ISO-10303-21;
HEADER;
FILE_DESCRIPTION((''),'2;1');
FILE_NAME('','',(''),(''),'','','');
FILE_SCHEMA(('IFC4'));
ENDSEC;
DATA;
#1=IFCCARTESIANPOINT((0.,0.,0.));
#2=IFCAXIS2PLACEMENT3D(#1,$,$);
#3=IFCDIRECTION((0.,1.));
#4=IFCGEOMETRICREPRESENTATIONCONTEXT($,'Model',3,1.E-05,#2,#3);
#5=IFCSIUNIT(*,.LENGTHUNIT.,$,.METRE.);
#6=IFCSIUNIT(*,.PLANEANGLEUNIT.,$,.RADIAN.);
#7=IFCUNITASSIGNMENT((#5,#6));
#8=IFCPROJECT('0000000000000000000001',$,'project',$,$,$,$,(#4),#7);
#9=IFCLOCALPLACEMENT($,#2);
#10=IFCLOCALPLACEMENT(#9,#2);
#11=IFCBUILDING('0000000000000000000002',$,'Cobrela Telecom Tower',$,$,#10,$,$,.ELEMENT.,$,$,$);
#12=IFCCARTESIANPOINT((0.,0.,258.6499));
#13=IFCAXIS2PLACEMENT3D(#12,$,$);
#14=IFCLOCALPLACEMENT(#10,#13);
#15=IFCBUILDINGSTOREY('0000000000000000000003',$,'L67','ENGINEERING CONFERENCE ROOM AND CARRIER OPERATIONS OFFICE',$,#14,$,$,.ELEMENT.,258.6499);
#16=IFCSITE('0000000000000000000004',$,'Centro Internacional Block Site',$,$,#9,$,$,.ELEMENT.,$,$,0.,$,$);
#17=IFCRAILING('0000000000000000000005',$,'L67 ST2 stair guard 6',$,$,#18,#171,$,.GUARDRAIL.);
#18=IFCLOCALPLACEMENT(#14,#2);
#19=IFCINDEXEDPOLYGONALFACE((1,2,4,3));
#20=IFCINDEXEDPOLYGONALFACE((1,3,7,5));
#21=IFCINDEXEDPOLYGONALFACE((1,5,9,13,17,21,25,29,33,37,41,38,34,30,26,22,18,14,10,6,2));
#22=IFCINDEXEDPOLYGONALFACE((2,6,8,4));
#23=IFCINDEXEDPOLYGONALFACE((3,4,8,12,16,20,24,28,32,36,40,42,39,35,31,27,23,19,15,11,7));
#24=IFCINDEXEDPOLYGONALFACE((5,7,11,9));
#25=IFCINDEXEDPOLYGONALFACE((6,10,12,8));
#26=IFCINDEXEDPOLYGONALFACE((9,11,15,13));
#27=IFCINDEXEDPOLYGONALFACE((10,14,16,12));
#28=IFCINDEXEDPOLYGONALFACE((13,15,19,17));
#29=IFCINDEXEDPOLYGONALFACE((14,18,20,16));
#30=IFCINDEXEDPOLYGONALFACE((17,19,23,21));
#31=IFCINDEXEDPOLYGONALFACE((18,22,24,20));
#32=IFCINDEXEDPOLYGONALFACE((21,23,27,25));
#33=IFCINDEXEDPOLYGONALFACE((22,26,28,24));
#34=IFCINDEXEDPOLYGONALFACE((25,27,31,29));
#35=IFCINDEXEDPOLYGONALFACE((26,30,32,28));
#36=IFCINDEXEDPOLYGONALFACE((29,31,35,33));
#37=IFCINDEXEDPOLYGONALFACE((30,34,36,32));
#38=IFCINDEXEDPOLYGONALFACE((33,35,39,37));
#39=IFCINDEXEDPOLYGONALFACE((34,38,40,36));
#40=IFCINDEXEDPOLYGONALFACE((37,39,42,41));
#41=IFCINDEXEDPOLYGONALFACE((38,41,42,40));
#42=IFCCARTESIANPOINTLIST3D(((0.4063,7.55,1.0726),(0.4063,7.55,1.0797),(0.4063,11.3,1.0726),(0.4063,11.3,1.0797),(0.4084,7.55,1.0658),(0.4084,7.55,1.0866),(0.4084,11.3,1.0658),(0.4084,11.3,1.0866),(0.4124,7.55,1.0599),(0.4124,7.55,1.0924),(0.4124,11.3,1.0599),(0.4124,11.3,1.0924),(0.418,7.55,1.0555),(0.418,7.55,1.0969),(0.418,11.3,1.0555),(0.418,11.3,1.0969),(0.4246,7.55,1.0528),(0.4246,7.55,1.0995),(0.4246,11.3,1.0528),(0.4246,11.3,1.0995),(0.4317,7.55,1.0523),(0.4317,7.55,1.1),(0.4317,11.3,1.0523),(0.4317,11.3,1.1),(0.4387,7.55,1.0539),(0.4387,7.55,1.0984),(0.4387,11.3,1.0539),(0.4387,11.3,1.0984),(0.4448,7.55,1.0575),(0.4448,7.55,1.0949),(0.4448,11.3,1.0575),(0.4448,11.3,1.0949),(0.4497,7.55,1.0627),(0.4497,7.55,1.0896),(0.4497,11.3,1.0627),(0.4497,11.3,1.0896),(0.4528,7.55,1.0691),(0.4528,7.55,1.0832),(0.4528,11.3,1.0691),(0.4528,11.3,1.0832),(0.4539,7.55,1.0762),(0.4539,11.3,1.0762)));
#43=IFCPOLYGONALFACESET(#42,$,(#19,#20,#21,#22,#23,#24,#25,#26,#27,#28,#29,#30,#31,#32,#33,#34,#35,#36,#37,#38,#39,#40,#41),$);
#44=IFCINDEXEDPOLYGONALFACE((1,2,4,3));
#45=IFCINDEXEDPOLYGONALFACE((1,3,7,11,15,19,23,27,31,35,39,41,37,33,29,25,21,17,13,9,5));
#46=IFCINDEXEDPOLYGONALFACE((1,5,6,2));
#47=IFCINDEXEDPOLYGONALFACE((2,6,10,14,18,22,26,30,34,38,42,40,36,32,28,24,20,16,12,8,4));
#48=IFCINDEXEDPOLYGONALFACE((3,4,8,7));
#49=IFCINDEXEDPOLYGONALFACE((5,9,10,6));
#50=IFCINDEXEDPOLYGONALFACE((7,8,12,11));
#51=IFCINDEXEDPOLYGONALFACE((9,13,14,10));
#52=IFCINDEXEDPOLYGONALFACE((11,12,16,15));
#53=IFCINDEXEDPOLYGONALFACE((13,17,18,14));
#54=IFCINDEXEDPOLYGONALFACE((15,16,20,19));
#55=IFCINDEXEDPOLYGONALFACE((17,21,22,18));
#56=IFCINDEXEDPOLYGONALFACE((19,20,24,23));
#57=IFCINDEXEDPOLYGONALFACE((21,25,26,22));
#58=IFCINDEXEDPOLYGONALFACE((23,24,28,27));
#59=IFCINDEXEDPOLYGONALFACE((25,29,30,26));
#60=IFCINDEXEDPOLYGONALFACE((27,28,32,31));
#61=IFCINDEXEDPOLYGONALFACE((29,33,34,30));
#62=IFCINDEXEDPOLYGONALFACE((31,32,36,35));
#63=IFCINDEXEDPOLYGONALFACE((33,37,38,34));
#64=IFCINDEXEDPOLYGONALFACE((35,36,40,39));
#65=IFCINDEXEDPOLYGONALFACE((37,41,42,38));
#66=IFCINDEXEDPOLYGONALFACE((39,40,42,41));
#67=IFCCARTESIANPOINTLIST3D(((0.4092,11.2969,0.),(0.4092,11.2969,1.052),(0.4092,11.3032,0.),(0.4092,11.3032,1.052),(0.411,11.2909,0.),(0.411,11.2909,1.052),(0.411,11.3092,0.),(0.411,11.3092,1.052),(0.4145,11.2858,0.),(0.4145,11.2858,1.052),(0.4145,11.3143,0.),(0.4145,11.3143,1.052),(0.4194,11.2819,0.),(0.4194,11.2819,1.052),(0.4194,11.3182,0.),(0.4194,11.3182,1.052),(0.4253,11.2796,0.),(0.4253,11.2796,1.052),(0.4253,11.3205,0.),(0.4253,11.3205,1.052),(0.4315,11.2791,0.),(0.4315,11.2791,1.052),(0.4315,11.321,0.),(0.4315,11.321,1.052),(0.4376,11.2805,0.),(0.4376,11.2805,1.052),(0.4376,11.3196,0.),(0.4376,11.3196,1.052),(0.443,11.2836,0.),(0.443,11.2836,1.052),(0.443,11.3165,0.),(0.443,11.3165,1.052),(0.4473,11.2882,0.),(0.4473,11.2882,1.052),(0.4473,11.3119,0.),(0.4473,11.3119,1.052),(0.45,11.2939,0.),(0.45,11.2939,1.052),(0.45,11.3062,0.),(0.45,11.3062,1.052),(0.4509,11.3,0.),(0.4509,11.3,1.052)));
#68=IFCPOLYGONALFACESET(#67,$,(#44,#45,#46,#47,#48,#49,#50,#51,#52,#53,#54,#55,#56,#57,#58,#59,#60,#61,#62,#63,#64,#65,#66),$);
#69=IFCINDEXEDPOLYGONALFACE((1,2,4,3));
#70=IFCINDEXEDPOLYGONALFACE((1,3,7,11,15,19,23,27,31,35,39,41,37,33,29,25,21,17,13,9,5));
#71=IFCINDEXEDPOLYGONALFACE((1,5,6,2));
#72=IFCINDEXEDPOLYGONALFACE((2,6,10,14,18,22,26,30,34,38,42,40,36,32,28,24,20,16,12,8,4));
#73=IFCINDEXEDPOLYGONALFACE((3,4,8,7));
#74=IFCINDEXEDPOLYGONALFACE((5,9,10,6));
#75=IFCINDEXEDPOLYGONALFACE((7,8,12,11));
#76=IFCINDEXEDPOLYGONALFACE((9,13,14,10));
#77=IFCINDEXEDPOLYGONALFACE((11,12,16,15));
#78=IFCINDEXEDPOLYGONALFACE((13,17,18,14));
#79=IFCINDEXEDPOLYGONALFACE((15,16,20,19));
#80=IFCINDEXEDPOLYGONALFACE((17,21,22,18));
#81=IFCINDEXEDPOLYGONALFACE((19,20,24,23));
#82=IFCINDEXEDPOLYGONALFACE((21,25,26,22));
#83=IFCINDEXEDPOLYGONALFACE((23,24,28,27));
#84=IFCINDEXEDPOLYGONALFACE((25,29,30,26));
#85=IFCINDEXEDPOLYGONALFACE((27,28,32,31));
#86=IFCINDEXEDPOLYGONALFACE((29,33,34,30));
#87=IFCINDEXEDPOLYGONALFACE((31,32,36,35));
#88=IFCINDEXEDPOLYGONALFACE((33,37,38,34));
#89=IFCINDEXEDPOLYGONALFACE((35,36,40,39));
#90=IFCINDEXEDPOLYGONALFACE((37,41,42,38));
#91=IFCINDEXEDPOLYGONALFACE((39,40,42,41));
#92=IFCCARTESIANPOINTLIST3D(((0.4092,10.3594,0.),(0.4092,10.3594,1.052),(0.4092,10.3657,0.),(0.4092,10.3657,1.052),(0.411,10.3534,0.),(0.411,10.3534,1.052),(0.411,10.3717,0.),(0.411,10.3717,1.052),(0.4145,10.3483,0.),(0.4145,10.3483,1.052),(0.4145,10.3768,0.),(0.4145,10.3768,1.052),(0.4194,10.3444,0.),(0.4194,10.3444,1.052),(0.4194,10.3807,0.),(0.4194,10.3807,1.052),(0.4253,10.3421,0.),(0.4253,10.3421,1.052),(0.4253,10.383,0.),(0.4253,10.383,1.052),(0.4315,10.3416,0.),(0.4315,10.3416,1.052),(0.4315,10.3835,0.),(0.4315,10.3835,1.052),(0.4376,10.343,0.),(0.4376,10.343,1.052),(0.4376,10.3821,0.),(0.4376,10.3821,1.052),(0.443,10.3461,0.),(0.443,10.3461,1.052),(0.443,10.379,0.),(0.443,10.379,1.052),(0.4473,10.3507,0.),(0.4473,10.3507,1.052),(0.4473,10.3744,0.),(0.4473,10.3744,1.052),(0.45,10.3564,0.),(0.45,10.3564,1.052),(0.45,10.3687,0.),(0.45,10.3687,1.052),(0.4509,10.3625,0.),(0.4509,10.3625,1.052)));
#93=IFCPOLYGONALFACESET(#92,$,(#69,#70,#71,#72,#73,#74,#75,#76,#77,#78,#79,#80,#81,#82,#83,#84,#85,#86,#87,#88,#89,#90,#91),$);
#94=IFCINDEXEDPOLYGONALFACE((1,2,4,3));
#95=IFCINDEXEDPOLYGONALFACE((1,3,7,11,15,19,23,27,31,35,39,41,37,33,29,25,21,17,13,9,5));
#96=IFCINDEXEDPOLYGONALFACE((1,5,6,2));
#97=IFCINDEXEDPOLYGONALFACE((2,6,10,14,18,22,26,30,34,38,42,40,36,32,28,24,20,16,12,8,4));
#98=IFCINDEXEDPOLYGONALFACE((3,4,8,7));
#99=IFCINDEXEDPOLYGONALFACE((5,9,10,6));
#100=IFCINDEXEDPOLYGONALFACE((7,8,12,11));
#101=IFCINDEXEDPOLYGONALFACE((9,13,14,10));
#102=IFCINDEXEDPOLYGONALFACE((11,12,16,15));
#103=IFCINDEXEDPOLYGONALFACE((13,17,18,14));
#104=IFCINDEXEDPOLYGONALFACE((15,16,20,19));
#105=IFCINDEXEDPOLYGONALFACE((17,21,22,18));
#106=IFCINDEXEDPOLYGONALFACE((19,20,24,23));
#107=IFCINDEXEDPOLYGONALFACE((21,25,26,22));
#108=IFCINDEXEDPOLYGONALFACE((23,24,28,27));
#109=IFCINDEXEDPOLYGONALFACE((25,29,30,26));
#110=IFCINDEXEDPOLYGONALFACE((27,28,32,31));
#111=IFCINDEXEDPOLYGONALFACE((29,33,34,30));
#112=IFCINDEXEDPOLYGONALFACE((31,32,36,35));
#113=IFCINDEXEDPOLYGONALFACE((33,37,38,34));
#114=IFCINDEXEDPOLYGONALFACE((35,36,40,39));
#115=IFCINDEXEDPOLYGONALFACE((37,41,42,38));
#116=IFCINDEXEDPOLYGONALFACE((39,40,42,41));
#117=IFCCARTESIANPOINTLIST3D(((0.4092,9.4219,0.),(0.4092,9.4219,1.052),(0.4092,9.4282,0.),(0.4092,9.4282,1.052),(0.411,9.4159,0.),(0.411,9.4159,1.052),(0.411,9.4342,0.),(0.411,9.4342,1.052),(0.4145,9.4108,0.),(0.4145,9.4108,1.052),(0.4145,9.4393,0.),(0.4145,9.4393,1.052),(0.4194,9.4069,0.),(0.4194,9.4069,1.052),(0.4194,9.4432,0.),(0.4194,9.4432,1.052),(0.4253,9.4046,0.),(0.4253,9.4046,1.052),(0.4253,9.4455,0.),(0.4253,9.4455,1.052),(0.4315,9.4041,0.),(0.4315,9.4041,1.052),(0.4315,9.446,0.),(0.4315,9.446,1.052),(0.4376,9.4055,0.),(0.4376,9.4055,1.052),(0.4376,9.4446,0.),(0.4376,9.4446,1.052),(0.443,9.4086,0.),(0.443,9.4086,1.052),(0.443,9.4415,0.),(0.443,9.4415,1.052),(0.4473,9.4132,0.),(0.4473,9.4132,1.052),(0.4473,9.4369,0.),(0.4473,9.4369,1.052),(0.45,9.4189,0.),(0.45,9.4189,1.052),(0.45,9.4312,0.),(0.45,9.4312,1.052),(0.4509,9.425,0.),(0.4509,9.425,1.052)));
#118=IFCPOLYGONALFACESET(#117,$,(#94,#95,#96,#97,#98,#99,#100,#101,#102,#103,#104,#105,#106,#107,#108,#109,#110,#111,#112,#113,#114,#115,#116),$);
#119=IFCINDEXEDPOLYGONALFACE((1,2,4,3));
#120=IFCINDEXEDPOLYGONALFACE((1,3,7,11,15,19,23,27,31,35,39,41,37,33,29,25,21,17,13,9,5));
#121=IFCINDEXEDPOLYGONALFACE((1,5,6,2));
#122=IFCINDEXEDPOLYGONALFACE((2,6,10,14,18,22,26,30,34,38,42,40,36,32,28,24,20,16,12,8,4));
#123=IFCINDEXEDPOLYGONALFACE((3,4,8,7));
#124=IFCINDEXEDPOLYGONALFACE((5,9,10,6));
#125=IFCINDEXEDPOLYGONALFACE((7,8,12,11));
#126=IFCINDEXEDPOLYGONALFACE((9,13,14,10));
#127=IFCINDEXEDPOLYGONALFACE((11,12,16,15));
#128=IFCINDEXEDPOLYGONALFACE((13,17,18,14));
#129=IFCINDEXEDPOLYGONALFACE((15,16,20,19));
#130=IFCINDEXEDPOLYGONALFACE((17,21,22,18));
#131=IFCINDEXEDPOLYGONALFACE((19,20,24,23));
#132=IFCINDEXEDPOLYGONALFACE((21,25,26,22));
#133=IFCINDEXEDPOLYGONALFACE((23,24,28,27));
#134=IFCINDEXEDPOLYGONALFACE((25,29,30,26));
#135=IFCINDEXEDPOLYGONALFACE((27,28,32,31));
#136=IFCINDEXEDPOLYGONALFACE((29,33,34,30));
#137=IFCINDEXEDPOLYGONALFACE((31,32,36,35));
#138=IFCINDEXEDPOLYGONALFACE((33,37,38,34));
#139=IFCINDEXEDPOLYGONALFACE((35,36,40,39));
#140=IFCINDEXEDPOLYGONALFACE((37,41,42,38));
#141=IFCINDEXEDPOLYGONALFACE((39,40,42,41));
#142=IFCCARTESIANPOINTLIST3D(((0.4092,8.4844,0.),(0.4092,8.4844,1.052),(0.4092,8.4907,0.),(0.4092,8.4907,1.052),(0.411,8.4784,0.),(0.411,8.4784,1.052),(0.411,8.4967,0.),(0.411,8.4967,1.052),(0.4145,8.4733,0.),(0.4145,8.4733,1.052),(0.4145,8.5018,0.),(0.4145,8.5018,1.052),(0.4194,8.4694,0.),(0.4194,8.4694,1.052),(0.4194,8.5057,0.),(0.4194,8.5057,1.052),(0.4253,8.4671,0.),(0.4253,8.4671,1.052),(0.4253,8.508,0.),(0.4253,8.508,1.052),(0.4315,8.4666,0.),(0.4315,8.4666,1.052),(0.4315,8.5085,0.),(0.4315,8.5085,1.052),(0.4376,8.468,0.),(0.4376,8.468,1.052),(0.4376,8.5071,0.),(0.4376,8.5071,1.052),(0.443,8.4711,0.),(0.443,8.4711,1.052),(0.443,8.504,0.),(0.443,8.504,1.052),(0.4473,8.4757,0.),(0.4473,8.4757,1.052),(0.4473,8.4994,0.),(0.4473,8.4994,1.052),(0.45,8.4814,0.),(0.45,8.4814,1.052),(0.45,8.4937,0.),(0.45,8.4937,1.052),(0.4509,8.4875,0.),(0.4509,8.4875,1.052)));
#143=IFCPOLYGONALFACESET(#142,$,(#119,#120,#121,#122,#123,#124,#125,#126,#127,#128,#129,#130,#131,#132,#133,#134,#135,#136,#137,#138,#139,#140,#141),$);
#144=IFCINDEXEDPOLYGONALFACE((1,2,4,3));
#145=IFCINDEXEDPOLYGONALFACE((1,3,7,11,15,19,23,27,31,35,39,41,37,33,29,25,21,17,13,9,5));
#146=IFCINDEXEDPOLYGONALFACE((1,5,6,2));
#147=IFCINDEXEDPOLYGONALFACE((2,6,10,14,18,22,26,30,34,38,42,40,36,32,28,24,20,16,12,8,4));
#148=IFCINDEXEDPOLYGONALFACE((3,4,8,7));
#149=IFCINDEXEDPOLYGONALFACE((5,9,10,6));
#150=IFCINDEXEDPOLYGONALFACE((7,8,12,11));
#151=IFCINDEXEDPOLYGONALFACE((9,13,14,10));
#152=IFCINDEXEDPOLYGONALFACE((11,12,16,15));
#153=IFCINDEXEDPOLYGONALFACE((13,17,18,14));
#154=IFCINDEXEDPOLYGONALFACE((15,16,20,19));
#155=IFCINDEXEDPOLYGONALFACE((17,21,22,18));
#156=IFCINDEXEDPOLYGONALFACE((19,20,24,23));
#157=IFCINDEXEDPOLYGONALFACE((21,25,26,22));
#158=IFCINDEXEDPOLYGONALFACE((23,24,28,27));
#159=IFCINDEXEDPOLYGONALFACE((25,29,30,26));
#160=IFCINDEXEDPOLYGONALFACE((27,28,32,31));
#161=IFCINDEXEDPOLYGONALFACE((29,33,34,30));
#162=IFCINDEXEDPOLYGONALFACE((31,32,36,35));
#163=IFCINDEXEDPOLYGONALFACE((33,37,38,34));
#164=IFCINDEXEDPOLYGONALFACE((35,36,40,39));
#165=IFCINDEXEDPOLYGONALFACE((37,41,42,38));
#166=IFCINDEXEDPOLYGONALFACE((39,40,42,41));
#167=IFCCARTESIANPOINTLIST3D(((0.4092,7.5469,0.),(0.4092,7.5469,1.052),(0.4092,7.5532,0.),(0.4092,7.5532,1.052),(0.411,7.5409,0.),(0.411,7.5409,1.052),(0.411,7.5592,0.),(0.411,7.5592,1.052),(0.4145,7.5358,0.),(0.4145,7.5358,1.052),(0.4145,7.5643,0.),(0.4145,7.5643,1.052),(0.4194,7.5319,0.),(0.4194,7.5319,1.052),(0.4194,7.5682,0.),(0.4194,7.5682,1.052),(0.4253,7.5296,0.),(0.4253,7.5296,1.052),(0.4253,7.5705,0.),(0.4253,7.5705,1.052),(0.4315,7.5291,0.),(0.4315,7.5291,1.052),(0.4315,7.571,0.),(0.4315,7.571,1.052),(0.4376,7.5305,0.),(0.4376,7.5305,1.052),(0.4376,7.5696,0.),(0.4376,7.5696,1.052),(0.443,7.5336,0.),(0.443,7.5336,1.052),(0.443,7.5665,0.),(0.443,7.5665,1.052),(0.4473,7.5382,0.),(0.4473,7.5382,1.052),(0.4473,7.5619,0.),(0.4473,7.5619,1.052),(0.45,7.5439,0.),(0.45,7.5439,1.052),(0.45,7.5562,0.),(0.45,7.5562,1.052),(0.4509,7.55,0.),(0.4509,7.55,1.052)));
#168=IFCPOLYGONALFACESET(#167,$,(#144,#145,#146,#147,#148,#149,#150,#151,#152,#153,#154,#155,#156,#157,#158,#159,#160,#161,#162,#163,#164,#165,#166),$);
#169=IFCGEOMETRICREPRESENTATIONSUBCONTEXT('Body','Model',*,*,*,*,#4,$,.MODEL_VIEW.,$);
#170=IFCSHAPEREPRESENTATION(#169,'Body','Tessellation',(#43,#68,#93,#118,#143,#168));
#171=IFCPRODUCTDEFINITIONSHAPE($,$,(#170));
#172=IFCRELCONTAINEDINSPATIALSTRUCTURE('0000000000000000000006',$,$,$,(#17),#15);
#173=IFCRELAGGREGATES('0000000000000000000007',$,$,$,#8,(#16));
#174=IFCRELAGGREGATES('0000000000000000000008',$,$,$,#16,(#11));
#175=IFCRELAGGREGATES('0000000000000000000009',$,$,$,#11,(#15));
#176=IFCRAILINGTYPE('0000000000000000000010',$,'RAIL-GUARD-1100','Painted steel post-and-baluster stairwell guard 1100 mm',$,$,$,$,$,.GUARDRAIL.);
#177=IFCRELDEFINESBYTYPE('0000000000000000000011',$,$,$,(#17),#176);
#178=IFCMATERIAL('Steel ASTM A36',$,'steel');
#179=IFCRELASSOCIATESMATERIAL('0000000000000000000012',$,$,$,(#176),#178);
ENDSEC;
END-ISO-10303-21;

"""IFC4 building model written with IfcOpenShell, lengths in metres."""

from ifc_helpers import new_model, si_unit, direction, frame, origin, origin_2d, place, context, subcontext, project, spatial, circle, extrude, material, type_object, element, save


model = new_model("IFC4")

# Units and contexts
model_context = context("Model", 3, precision=1e-05, world=origin(), true_north=direction((0.0, 1.0)))
body_context = subcontext(model_context, "Body", "Model", "MODEL_VIEW")
ifc_project = project(units=[si_unit("LENGTHUNIT", "METRE"), si_unit("PLANEANGLEUNIT", "RADIAN")], contexts=[model_context])

# Site, building, storey
site_placement = place(None, origin())
site = spatial("IfcSite", under=ifc_project, at=site_placement, Name="Centro Internacional Block Site", CompositionType="ELEMENT", RefElevation=0.0)
building_placement = place(site_placement, origin())
building = spatial("IfcBuilding", under=site, at=building_placement, Name="Cobrela Telecom Tower", CompositionType="ELEMENT")
storey_placement = place(building_placement, frame((0.0, 0.0, 258.6499)))
storey = spatial("IfcBuildingStorey", under=building, at=storey_placement, Name="L67", Description="ENGINEERING CONFERENCE ROOM AND CARRIER OPERATIONS OFFICE", CompositionType="ELEMENT", Elevation=258.6499)

# Shared definitions
ifc_material_1 = material(Name="Steel ASTM A36", Category="steel")

# Railing
railing_type = type_object("IfcRailingType", Name="RAIL-GUARD-1100", Description="Painted steel post-and-baluster stairwell guard 1100 mm", PredefinedType="GUARDRAIL", material=ifc_material_1)
railing_1_placement = place(storey_placement, frame((0.4299, 11.3, 0.0)))
element("IfcRailing", 1, at=railing_1_placement, inside=storey, type_object=railing_type, Name="L67 ST2 stair guard 6", PredefinedType="GUARDRAIL", context=body_context, shape_type="SweptSolid", body=[
    extrude(circle(Radius=0.0239, at=origin_2d()), frame((0.0, 0.0, 1.0762), z_axis=(0.0, -1.0, 0.0), x_axis=(1.0, 0.0, 0.0)), (0.0, 0.0, 1.0), 3.75),
    extrude(circle(Radius=0.021, at=origin_2d()), origin(), (0.0, 0.0, 1.0), 1.052),
    extrude(circle(Radius=0.021, at=origin_2d()), frame((0.0, -0.9375, 0.0)), (0.0, 0.0, 1.0), 1.052),
    extrude(circle(Radius=0.021, at=origin_2d()), frame((0.0, -1.875, 0.0)), (0.0, 0.0, 1.0), 1.052),
    extrude(circle(Radius=0.021, at=origin_2d()), frame((0.0, -2.8125, 0.0)), (0.0, 0.0, 1.0), 1.052),
    extrude(circle(Radius=0.021, at=origin_2d()), frame((0.0, -3.75, 0.0)), (0.0, 0.0, 1.0), 1.052),
])

save(model, "model.ifc")
